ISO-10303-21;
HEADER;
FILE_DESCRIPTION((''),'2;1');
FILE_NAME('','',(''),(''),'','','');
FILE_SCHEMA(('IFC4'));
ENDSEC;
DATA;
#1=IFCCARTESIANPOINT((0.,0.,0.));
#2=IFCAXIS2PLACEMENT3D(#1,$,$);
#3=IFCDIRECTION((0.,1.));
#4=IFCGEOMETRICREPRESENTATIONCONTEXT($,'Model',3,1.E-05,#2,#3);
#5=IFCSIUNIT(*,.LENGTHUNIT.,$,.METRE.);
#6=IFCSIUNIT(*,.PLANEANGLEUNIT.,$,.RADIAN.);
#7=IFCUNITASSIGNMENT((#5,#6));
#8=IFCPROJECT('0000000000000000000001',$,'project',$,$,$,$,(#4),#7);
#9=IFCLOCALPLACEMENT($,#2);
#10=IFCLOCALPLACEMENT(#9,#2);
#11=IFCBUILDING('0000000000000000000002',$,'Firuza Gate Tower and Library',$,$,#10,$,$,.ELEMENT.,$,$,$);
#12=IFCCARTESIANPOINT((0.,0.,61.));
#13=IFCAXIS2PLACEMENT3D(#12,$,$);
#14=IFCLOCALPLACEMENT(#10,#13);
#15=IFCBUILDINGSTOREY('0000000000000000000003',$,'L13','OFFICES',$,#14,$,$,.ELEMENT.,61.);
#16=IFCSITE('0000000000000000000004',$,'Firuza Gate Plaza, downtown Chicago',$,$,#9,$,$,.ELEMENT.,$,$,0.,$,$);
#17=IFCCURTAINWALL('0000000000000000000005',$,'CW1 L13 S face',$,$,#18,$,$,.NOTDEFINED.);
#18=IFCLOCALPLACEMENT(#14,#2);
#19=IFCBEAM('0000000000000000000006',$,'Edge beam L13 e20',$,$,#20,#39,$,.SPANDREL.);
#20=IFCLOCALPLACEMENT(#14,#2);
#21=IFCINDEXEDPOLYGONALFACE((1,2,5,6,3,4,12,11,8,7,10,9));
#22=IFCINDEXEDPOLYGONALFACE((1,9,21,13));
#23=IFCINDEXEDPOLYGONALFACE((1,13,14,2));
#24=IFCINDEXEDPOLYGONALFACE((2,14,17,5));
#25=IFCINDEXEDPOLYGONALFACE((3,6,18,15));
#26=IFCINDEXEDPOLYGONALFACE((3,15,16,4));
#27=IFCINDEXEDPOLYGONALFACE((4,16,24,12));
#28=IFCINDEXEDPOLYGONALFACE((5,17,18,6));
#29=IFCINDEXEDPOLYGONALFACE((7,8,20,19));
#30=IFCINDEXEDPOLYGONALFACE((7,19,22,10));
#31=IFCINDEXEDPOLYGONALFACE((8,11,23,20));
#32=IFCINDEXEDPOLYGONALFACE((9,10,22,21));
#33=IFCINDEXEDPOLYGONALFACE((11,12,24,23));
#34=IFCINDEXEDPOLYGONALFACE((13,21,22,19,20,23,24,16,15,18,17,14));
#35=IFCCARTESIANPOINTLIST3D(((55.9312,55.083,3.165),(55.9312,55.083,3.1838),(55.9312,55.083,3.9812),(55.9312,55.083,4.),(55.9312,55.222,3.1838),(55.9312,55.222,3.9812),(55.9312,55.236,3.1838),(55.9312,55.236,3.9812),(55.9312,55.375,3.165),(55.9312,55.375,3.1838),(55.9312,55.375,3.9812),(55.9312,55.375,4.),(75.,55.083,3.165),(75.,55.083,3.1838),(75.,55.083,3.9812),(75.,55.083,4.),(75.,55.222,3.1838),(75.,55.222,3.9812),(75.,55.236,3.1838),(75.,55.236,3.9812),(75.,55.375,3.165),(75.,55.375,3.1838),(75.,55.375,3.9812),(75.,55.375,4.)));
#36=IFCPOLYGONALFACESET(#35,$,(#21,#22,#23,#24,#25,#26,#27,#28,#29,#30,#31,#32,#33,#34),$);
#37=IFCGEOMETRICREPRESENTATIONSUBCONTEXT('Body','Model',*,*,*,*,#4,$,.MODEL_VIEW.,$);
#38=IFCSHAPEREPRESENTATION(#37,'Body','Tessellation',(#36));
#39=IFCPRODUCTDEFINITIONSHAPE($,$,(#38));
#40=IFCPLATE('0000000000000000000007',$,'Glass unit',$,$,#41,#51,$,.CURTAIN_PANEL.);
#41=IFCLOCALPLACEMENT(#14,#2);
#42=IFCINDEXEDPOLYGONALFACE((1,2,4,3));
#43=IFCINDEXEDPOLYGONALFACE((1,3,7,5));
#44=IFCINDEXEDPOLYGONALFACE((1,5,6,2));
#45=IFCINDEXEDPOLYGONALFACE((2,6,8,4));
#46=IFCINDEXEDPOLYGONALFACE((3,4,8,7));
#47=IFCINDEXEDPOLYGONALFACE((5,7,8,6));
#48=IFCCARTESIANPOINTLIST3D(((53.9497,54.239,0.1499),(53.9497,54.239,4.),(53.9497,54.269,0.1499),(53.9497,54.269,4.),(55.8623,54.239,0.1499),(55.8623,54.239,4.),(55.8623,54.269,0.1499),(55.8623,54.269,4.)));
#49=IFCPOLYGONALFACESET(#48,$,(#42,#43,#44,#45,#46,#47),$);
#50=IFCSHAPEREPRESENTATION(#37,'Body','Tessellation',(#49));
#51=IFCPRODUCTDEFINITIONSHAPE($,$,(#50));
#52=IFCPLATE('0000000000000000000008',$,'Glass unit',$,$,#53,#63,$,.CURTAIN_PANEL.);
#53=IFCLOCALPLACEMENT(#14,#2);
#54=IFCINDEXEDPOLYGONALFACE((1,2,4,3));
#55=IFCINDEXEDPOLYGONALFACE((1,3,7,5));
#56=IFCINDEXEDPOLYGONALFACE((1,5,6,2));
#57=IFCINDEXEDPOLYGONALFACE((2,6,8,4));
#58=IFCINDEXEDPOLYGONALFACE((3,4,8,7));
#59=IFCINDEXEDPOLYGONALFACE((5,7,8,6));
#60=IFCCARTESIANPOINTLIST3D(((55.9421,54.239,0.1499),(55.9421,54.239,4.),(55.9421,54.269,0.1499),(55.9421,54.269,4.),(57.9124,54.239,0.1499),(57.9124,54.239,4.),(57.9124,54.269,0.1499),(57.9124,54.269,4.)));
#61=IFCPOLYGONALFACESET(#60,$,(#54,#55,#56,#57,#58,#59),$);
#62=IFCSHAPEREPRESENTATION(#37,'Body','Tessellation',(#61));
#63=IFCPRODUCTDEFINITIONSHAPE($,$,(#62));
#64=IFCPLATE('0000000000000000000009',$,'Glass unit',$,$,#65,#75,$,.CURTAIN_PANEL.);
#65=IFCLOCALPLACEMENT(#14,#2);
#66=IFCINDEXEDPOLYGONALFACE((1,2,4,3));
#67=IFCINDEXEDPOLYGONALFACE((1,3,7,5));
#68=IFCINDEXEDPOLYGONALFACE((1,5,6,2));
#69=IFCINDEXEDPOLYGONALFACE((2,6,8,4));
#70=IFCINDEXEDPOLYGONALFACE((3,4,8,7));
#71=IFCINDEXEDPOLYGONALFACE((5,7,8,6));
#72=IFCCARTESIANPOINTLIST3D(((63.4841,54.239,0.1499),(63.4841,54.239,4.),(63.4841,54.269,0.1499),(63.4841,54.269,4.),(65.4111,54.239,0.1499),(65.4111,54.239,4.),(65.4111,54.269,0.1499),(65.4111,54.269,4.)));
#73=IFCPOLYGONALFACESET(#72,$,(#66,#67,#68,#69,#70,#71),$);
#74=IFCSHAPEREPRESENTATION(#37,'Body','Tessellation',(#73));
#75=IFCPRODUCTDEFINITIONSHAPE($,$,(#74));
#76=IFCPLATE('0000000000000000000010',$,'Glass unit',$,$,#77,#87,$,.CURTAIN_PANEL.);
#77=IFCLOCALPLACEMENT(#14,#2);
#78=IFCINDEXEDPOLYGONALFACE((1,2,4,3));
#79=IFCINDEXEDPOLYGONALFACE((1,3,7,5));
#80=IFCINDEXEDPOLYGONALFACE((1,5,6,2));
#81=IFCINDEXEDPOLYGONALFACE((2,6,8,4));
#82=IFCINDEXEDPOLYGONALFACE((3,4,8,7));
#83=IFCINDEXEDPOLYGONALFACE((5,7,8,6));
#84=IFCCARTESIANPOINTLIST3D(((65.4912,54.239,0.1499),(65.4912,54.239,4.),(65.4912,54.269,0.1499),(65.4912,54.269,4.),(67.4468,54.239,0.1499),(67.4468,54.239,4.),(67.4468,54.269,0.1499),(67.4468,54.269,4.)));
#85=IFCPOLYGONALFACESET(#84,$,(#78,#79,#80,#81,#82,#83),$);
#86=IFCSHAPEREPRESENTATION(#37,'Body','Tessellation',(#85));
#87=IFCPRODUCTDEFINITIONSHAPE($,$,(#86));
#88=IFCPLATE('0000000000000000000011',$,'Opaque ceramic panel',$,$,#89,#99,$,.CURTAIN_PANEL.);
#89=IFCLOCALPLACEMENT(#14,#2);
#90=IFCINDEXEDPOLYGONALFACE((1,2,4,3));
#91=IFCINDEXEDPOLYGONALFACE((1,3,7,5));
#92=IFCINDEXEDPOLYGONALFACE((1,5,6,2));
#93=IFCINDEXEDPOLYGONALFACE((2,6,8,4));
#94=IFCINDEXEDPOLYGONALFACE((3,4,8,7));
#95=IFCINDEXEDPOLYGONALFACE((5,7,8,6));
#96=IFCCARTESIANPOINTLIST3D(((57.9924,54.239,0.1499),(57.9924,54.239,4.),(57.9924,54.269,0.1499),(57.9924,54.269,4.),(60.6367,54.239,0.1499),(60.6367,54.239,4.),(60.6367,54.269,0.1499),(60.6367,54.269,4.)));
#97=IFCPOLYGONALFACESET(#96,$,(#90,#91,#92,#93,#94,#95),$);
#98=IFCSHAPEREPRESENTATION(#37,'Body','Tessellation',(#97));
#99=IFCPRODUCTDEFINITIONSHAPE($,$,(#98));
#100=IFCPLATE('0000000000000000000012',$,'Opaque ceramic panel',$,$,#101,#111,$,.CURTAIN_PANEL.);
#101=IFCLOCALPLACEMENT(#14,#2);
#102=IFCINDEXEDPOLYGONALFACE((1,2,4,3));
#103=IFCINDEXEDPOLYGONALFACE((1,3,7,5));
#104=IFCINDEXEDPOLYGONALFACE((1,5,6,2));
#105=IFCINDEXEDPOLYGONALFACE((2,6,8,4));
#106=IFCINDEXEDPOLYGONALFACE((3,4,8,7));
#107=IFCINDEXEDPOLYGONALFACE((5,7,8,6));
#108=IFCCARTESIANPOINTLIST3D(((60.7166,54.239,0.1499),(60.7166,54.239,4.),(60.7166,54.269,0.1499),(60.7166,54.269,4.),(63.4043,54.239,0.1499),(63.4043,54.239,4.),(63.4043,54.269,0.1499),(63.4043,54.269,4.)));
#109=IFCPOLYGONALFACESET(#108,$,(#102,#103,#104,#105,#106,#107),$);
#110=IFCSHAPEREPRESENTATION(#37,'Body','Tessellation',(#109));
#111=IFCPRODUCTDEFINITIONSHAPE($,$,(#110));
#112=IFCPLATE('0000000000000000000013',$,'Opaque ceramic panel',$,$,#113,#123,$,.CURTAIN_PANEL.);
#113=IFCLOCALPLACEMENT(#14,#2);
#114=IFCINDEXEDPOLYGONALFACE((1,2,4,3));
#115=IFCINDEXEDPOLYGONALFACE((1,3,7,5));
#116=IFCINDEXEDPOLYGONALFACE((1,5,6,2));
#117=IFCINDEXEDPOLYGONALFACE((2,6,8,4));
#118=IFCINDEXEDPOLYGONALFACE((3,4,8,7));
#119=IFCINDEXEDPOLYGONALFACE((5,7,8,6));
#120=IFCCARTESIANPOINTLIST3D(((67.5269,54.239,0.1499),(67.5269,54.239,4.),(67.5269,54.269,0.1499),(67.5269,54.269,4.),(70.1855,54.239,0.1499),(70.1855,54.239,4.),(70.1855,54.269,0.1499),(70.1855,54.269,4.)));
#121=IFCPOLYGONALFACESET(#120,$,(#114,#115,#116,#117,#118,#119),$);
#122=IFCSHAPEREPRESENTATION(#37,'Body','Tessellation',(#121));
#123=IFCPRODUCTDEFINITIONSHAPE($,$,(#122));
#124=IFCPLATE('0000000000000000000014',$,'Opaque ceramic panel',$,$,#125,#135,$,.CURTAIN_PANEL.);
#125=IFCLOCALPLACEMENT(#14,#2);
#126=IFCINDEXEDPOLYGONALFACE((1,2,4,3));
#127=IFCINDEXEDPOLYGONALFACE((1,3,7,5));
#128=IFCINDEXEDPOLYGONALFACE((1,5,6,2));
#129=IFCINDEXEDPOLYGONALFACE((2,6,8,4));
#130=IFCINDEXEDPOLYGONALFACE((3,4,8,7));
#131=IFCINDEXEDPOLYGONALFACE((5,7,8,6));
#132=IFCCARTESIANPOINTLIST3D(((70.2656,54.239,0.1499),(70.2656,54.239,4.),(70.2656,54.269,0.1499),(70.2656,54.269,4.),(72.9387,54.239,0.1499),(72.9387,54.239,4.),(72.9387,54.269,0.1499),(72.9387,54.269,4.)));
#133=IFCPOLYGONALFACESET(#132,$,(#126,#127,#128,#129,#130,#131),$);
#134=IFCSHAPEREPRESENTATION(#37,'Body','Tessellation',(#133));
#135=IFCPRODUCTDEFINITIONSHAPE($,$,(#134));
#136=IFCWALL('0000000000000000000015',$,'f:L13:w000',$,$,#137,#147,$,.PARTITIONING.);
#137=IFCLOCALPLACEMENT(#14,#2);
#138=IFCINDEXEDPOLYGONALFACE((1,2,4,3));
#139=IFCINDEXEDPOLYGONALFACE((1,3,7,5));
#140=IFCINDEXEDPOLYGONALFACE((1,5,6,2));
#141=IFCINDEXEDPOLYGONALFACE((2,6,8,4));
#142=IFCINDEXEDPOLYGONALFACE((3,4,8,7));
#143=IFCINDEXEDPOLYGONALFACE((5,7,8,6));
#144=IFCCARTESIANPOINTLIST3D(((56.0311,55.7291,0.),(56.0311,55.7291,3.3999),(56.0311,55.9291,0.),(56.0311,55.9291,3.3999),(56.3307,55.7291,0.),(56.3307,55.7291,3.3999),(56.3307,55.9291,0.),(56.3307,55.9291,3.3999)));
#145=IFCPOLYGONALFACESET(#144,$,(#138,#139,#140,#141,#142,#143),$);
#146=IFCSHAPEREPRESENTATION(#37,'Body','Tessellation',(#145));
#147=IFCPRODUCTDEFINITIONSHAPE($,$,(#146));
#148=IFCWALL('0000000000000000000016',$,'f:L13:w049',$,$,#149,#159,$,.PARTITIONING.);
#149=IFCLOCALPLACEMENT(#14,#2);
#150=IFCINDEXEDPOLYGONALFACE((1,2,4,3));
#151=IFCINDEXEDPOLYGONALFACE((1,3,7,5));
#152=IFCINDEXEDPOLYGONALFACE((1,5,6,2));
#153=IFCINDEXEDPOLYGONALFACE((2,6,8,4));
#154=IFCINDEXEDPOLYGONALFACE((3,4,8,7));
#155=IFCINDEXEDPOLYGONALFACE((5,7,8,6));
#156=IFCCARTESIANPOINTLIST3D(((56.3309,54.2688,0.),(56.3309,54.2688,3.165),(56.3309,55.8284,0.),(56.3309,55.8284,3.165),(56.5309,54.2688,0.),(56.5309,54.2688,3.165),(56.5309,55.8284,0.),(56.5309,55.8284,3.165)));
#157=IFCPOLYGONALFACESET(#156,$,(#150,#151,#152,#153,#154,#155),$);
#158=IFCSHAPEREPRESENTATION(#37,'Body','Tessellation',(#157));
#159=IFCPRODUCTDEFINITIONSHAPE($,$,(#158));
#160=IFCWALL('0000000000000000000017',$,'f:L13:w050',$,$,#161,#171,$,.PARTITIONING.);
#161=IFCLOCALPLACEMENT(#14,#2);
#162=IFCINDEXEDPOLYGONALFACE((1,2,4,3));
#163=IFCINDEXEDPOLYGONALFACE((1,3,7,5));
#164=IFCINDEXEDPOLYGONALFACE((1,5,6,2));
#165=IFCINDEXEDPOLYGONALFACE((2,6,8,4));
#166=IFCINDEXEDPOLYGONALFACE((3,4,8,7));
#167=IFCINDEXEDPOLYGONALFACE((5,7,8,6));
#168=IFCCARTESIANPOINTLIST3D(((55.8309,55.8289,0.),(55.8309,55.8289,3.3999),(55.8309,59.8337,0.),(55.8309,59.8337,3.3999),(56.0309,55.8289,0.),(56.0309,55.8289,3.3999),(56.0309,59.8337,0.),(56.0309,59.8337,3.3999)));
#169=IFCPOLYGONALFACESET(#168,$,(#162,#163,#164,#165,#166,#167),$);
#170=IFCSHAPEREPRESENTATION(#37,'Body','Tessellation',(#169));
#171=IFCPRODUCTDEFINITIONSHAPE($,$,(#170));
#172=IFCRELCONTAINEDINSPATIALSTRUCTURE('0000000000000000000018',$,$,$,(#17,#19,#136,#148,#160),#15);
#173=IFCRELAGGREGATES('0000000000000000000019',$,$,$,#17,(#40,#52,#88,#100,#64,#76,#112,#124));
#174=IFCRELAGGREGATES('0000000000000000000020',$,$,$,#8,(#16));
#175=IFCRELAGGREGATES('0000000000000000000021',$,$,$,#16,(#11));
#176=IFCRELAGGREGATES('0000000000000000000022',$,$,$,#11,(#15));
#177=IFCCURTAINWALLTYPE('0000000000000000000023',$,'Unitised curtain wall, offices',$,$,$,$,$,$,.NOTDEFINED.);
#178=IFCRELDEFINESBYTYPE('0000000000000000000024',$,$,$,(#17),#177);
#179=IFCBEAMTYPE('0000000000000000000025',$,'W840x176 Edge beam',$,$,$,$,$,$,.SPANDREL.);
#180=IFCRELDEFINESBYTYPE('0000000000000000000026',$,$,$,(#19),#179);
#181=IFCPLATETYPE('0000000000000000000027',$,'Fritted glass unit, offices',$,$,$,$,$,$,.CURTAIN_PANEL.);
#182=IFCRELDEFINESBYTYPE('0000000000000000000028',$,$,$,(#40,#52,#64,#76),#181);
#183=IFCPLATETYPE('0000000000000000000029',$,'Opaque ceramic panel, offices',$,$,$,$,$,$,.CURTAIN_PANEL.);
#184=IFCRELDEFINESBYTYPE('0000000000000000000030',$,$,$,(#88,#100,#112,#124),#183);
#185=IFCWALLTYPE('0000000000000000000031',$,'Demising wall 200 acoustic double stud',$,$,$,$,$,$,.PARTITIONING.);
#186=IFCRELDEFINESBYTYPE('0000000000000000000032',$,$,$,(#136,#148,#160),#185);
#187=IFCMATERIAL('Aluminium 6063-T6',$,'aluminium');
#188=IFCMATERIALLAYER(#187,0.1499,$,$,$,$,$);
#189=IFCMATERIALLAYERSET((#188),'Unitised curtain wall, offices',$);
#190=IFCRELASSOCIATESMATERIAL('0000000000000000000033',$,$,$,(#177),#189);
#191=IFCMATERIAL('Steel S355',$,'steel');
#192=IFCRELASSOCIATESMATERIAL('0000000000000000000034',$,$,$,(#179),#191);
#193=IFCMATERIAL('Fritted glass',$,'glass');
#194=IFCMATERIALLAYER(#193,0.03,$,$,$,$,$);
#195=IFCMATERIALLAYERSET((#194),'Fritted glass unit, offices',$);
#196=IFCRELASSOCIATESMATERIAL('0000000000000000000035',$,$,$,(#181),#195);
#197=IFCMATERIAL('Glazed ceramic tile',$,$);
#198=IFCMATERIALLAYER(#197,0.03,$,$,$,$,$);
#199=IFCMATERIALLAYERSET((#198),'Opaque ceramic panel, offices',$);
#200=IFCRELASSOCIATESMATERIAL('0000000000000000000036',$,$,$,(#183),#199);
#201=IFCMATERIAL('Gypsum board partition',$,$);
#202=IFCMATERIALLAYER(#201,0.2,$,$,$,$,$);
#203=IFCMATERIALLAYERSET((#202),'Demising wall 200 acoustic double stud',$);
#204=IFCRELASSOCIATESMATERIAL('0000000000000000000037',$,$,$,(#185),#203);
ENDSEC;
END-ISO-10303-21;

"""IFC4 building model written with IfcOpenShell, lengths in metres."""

from ifc_helpers import new_model, si_unit, direction, frame, frame_2d, origin, origin_2d, place, context, subcontext, project, spatial, polyline, rectangle, i_section, outline, extrude, material, layer, layer_set, material_profile, profile_set, type_object, element, aggregate, save


model = new_model("IFC4")

# Units and contexts
model_context = context("Model", 3, precision=1e-05, world=origin(), true_north=direction((0.0, 1.0)))
body_context = subcontext(model_context, "Body", "Model", "MODEL_VIEW")
ifc_project = project(units=[si_unit("LENGTHUNIT", "METRE"), si_unit("PLANEANGLEUNIT", "RADIAN")], contexts=[model_context])

# Site, building, storey
site_placement = place(None, origin())
site = spatial("IfcSite", under=ifc_project, at=site_placement, Name="Firuza Gate Plaza, downtown Chicago", CompositionType="ELEMENT", RefElevation=0.0)
building_placement = place(site_placement, origin())
building = spatial("IfcBuilding", under=site, at=building_placement, Name="Firuza Gate Tower and Library", CompositionType="ELEMENT")
storey_placement = place(building_placement, frame((0.0, 0.0, 61.0)))
storey = spatial("IfcBuildingStorey", under=building, at=storey_placement, Name="L13", Description="OFFICES", CompositionType="ELEMENT", Elevation=61.0)

# Curtain wall
ifc_material_1 = material(Name="Aluminium 6063-T6", Category="aluminium")
ifc_layer_1 = layer(ifc_material_1, 0.1499)
ifc_layer_set_1 = layer_set([ifc_layer_1], Name="Unitised curtain wall, offices")
curtain_wall_type = type_object("IfcCurtainWallType", Name="Unitised curtain wall, offices", PredefinedType="NOTDEFINED", material=ifc_layer_set_1)
curtain_wall_placement = place(storey_placement, origin())
curtain_wall = element("IfcCurtainWall", 1, at=curtain_wall_placement, inside=storey, type_object=curtain_wall_type, Name="CW1 L13 S face", PredefinedType="NOTDEFINED")

# Beam
ifc_material_2 = material(Name="Steel S355", Category="steel")
ifc_material_profile_1 = material_profile(ifc_material_2, i_section(OverallWidth=0.292, OverallDepth=0.835, WebThickness=0.0139, FlangeThickness=0.0188, at=origin_2d()))
ifc_profile_set_1 = profile_set([ifc_material_profile_1], Name="Steel S355")
beam_type_1 = type_object("IfcBeamType", Name="W840x176 Edge beam", PredefinedType="SPANDREL", material=ifc_profile_set_1)
beam_1_placement = place(storey_placement, frame((55.9312, 55.229, 3.5825), z_axis=(1.0, 0.0, 0.0), x_axis=(0.0, 1.0, 0.0)))
element("IfcBeam", 2, at=beam_1_placement, inside=storey, type_object=beam_type_1, Name="Edge beam L13 e20", PredefinedType="SPANDREL", context=body_context, shape_type="SweptSolid", body=[
    extrude(i_section(OverallWidth=0.292, OverallDepth=0.835, WebThickness=0.0139, FlangeThickness=0.0188, at=origin_2d()), origin(), (0.0, 0.0, 1.0), 19.0688),
])

# Plates
ifc_material_3 = material(Name="Fritted glass", Category="glass")
ifc_layer_2 = layer(ifc_material_3, 0.03)
ifc_layer_set_2 = layer_set([ifc_layer_2], Name="Fritted glass unit, offices")
plate_type_1 = type_object("IfcPlateType", Name="Fritted glass unit, offices", PredefinedType="CURTAIN_PANEL", material=ifc_layer_set_2)
plate_1_placement = place(storey_placement, frame((53.9497, 54.239, 0.1499), z_axis=(0.0, -1.0, 0.0), x_axis=(1.0, 0.0, 0.0)))
plate_1 = element("IfcPlate", 3, at=plate_1_placement, type_object=plate_type_1, Name="Glass unit", PredefinedType="CURTAIN_PANEL", context=body_context, shape_type="SweptSolid", body=[
    extrude(outline(polyline([(0.0, 0.0), (1.9126, 0.0), (1.9126, 3.8501), (0.0, 3.8501), (0.0, 0.0)])), origin(), (0.0, 0.0, -1.0), 0.03),
])
plate_2_placement = place(storey_placement, frame((55.9421, 54.239, 0.1499), z_axis=(0.0, -1.0, 0.0), x_axis=(1.0, 0.0, 0.0)))
plate_2 = element("IfcPlate", 4, at=plate_2_placement, type_object=plate_type_1, Name="Glass unit", PredefinedType="CURTAIN_PANEL", context=body_context, shape_type="SweptSolid", body=[
    extrude(outline(polyline([(0.0, 0.0), (1.9702, 0.0), (1.9702, 3.8501), (0.0, 3.8501), (0.0, 0.0)])), origin(), (0.0, 0.0, -1.0), 0.03),
])
plate_3_placement = place(storey_placement, frame((63.4841, 54.239, 0.1499), z_axis=(0.0, -1.0, 0.0), x_axis=(1.0, 0.0, 0.0)))
plate_3 = element("IfcPlate", 5, at=plate_3_placement, type_object=plate_type_1, Name="Glass unit", PredefinedType="CURTAIN_PANEL", context=body_context, shape_type="SweptSolid", body=[
    extrude(outline(polyline([(0.0, 0.0), (1.927, 0.0), (1.927, 3.8501), (0.0, 3.8501), (0.0, 0.0)])), origin(), (0.0, 0.0, -1.0), 0.03),
])
plate_4_placement = place(storey_placement, frame((65.4912, 54.239, 0.1499), z_axis=(0.0, -1.0, 0.0), x_axis=(1.0, 0.0, 0.0)))
plate_4 = element("IfcPlate", 6, at=plate_4_placement, type_object=plate_type_1, Name="Glass unit", PredefinedType="CURTAIN_PANEL", context=body_context, shape_type="SweptSolid", body=[
    extrude(outline(polyline([(0.0, 0.0), (1.9556, 0.0), (1.9556, 3.8501), (0.0, 3.8501), (0.0, 0.0)])), origin(), (0.0, 0.0, -1.0), 0.03),
])
ifc_material_4 = material(Name="Glazed ceramic tile")
ifc_layer_3 = layer(ifc_material_4, 0.03)
ifc_layer_set_3 = layer_set([ifc_layer_3], Name="Opaque ceramic panel, offices")
plate_type_2 = type_object("IfcPlateType", Name="Opaque ceramic panel, offices", PredefinedType="CURTAIN_PANEL", material=ifc_layer_set_3)
plate_5_placement = place(storey_placement, frame((57.9924, 54.239, 0.1499), z_axis=(0.0, -1.0, 0.0), x_axis=(1.0, 0.0, 0.0)))
plate_5 = element("IfcPlate", 7, at=plate_5_placement, type_object=plate_type_2, Name="Opaque ceramic panel", PredefinedType="CURTAIN_PANEL", context=body_context, shape_type="SweptSolid", body=[
    extrude(outline(polyline([(0.0, 0.0), (2.6443, 0.0), (2.6443, 3.8501), (0.0, 3.8501), (0.0, 0.0)])), origin(), (0.0, 0.0, -1.0), 0.03),
])
plate_6_placement = place(storey_placement, frame((60.7166, 54.239, 0.1499), z_axis=(0.0, -1.0, 0.0), x_axis=(1.0, 0.0, 0.0)))
plate_6 = element("IfcPlate", 8, at=plate_6_placement, type_object=plate_type_2, Name="Opaque ceramic panel", PredefinedType="CURTAIN_PANEL", context=body_context, shape_type="SweptSolid", body=[
    extrude(outline(polyline([(0.0, 0.0), (2.6877, 0.0), (2.6877, 3.8501), (0.0, 3.8501), (0.0, 0.0)])), origin(), (0.0, 0.0, -1.0), 0.03),
])
plate_7_placement = place(storey_placement, frame((67.5269, 54.239, 0.1499), z_axis=(0.0, -1.0, 0.0), x_axis=(1.0, 0.0, 0.0)))
plate_7 = element("IfcPlate", 9, at=plate_7_placement, type_object=plate_type_2, Name="Opaque ceramic panel", PredefinedType="CURTAIN_PANEL", context=body_context, shape_type="SweptSolid", body=[
    extrude(outline(polyline([(0.0, 0.0), (2.6587, 0.0), (2.6587, 3.8501), (0.0, 3.8501), (0.0, 0.0)])), origin(), (0.0, 0.0, -1.0), 0.03),
])
plate_8_placement = place(storey_placement, frame((70.2656, 54.239, 0.1499), z_axis=(0.0, -1.0, 0.0), x_axis=(1.0, 0.0, 0.0)))
plate_8 = element("IfcPlate", 10, at=plate_8_placement, type_object=plate_type_2, Name="Opaque ceramic panel", PredefinedType="CURTAIN_PANEL", context=body_context, shape_type="SweptSolid", body=[
    extrude(outline(polyline([(0.0, 0.0), (2.6731, 0.0), (2.6731, 3.8501), (0.0, 3.8501), (0.0, 0.0)])), origin(), (0.0, 0.0, -1.0), 0.03),
])
aggregate(curtain_wall, [plate_1, plate_2, plate_5, plate_6, plate_3, plate_4, plate_7, plate_8])

# Walls
ifc_material_5 = material(Name="Gypsum board partition")
ifc_layer_4 = layer(ifc_material_5, 0.2)
ifc_layer_set_4 = layer_set([ifc_layer_4], Name="Demising wall 200 acoustic double stud")
wall_type = type_object("IfcWallType", Name="Demising wall 200 acoustic double stud", PredefinedType="PARTITIONING", material=ifc_layer_set_4)
wall_1_placement = place(storey_placement, frame((56.031, 55.8291, 0.0), z_axis=(0.0, 0.0, 1.0), x_axis=(1.0, 0.0, 0.0)))
element("IfcWall", 11, at=wall_1_placement, inside=storey, type_object=wall_type, Name="f:L13:w000", PredefinedType="PARTITIONING", context=body_context, shape_type="SweptSolid", body=[
    extrude(rectangle(XDim=0.2996, YDim=0.2, at=frame_2d((0.1499, 0.0))), origin(), (0.0, 0.0, 1.0), 3.3999),
])
wall_2_placement = place(storey_placement, frame((56.4309, 54.2688, 0.0), z_axis=(0.0, 0.0, 1.0), x_axis=(0.0, 1.0, 0.0)))
element("IfcWall", 12, at=wall_2_placement, inside=storey, type_object=wall_type, Name="f:L13:w049", PredefinedType="PARTITIONING", context=body_context, shape_type="SweptSolid", body=[
    extrude(rectangle(XDim=1.5596, YDim=0.2, at=frame_2d((0.7798, 0.0))), origin(), (0.0, 0.0, 1.0), 3.165),
])
wall_3_placement = place(storey_placement, frame((55.9309, 55.8289, 0.0), z_axis=(0.0, 0.0, 1.0), x_axis=(0.0, 1.0, 0.0)))
element("IfcWall", 13, at=wall_3_placement, inside=storey, type_object=wall_type, Name="f:L13:w050", PredefinedType="PARTITIONING", context=body_context, shape_type="SweptSolid", body=[
    extrude(rectangle(XDim=4.0049, YDim=0.2, at=frame_2d((2.0024, 0.0))), origin(), (0.0, 0.0, 1.0), 3.3999),
])

save(model, "model.ifc")
